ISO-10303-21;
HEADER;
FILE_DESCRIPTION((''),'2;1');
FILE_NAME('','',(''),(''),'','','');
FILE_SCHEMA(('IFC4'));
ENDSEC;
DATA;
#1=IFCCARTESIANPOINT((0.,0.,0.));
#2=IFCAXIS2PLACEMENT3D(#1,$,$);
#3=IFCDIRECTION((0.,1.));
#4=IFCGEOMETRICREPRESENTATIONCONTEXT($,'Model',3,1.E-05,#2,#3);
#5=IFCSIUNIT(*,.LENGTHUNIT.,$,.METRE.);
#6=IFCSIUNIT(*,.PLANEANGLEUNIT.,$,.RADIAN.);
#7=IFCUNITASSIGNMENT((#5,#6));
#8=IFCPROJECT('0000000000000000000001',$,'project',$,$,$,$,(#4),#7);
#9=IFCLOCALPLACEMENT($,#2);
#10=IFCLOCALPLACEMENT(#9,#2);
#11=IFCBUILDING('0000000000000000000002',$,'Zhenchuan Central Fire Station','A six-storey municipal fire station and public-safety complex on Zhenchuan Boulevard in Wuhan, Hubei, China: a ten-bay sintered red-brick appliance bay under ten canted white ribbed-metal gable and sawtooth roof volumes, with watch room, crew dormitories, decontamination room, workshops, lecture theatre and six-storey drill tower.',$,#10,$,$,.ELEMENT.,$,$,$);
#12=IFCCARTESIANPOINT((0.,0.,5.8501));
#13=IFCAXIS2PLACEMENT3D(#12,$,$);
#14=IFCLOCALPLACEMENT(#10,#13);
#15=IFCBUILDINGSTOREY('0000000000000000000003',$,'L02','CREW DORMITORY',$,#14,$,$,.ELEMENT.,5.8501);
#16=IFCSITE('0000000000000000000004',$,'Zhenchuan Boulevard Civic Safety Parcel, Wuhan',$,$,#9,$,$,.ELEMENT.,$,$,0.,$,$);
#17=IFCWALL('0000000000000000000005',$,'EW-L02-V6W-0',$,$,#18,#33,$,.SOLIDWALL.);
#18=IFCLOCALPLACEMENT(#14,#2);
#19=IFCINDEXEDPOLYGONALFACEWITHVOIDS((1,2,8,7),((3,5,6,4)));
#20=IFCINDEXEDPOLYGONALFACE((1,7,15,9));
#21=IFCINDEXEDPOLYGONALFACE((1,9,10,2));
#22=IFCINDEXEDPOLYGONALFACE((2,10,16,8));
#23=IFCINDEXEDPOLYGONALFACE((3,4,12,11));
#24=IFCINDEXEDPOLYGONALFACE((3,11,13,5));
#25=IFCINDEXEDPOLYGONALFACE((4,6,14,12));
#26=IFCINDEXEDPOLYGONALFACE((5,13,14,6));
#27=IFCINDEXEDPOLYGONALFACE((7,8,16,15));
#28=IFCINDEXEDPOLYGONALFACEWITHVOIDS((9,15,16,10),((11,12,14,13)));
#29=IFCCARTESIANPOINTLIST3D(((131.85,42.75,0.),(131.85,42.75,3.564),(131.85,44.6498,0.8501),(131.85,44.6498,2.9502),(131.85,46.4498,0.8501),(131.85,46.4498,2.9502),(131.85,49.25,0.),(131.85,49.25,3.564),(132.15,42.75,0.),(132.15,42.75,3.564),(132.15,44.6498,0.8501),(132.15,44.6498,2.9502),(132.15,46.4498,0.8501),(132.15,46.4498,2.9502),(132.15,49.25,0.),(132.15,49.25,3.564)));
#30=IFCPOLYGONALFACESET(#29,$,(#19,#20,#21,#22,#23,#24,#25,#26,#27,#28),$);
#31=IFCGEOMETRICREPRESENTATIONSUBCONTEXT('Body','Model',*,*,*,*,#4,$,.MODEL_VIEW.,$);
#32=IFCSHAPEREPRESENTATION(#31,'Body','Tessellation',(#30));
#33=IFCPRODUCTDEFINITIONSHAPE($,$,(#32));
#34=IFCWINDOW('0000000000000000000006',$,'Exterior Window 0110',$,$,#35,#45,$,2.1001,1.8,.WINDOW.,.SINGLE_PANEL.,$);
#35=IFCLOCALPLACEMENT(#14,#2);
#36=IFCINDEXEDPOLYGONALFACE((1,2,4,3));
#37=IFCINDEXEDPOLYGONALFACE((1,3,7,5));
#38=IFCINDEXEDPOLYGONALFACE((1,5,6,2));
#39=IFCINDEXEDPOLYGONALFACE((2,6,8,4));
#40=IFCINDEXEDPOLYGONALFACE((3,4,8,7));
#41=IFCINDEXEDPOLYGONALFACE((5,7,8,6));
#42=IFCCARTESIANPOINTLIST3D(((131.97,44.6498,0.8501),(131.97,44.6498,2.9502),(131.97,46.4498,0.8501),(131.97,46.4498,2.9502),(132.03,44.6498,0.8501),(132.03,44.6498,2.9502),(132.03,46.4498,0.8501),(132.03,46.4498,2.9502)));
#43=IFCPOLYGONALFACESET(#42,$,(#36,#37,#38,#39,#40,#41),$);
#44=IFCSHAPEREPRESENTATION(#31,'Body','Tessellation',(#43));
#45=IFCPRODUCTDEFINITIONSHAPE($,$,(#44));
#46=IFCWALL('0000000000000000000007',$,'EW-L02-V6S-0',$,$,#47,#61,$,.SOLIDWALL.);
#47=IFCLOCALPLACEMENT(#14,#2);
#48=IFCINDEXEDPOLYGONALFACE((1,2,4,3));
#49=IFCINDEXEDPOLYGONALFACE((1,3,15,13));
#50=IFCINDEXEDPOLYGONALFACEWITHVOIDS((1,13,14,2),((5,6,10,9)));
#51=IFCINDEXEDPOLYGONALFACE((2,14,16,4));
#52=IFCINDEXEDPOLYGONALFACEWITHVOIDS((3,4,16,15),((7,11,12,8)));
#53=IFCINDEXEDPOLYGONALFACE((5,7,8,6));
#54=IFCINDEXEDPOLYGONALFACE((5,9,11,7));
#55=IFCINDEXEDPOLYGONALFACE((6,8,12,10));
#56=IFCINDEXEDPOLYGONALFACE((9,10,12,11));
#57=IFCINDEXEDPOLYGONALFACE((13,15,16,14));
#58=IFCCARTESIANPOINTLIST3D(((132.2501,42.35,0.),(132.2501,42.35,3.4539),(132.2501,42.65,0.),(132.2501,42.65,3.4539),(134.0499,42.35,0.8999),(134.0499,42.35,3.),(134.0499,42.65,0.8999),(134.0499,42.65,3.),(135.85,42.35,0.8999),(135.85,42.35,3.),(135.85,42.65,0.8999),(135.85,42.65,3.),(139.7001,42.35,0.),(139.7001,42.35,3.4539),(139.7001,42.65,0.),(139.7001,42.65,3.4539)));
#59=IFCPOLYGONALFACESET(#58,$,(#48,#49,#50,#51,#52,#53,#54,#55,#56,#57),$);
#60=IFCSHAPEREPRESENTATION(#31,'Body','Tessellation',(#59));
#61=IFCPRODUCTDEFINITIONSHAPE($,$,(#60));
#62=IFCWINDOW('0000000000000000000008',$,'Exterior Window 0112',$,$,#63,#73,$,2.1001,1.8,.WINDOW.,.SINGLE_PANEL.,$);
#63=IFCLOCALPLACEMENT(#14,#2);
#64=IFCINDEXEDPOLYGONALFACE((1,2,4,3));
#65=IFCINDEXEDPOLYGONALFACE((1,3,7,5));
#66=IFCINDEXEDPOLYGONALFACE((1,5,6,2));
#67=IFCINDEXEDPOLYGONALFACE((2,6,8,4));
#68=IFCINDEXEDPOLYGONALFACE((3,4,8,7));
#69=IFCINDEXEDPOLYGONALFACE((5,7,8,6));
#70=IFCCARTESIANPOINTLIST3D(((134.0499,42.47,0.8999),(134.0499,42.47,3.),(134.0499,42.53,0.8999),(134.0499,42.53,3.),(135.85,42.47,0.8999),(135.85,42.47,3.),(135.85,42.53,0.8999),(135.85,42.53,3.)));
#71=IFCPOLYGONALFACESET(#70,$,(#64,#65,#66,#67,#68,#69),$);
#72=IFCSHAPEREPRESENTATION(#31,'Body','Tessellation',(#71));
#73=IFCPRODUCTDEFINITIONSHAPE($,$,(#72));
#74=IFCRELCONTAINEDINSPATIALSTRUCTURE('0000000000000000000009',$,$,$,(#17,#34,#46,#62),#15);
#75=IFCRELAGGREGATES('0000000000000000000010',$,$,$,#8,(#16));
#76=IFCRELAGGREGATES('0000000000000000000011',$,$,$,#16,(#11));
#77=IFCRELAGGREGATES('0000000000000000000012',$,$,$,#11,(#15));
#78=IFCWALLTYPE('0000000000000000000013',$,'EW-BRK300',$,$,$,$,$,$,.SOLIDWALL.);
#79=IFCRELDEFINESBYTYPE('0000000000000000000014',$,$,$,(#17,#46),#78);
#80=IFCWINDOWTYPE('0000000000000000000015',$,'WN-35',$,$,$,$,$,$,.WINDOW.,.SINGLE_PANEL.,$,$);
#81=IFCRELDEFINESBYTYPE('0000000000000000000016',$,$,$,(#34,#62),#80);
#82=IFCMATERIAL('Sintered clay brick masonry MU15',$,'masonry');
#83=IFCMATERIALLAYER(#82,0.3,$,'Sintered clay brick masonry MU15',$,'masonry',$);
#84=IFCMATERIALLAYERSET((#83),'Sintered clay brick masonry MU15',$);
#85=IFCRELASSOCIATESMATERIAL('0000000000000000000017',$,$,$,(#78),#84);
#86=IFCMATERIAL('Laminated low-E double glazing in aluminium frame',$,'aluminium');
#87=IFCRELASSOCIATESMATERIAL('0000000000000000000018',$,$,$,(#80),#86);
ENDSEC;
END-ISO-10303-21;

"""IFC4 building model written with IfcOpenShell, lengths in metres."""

from ifc_helpers import new_model, si_unit, direction, frame, frame_2d, origin, place, context, subcontext, project, spatial, rectangle, extrude, material, layer, layer_set, type_object, element, fill, save


model = new_model("IFC4")

# Units and contexts
model_context = context("Model", 3, precision=1e-05, world=origin(), true_north=direction((0.0, 1.0)))
body_context = subcontext(model_context, "Body", "Model", "MODEL_VIEW")
ifc_project = project(units=[si_unit("LENGTHUNIT", "METRE"), si_unit("PLANEANGLEUNIT", "RADIAN")], contexts=[model_context])

# Site, building, storey
site_placement = place(None, origin())
site = spatial("IfcSite", under=ifc_project, at=site_placement, Name="Zhenchuan Boulevard Civic Safety Parcel, Wuhan", CompositionType="ELEMENT", RefElevation=0.0)
building_placement = place(site_placement, origin())
building = spatial("IfcBuilding", under=site, at=building_placement, Name="Zhenchuan Central Fire Station", Description="A six-storey municipal fire station and public-safety complex on Zhenchuan Boulevard in Wuhan, Hubei, China: a ten-bay sintered red-brick appliance bay under ten canted white ribbed-metal gable and sawtooth roof volumes, with watch room, crew dormitories, decontamination room, workshops, lecture theatre and six-storey drill tower.", CompositionType="ELEMENT")
storey_placement = place(building_placement, frame((0.0, 0.0, 5.8501)))
storey = spatial("IfcBuildingStorey", under=building, at=storey_placement, Name="L02", Description="CREW DORMITORY", CompositionType="ELEMENT", Elevation=5.8501)

# Walls, openings, windows
ifc_material_1 = material(Name="Sintered clay brick masonry MU15", Category="masonry")
ifc_layer = layer(ifc_material_1, 0.3, Name="Sintered clay brick masonry MU15", Category="masonry")
ifc_layer_set = layer_set([ifc_layer], Name="Sintered clay brick masonry MU15")
wall_type = type_object("IfcWallType", Name="EW-BRK300", PredefinedType="SOLIDWALL", material=ifc_layer_set)
wall_1_placement = place(storey_placement, frame((132.0, 42.75, 0.0), z_axis=(0.0, 0.0, 1.0), x_axis=(0.0, 1.0, 0.0)))
wall_1 = element("IfcWall", 1, at=wall_1_placement, inside=storey, type_object=wall_type, Name="EW-L02-V6W-0", PredefinedType="SOLIDWALL", context=body_context, shape_type="SweptSolid", body=[
    extrude(rectangle(XDim=6.5, YDim=0.3, at=frame_2d((3.25, 0.0))), origin(), (0.0, 0.0, 1.0), 3.564),
])
opening_1_placement = place(wall_1_placement, frame((1.8999, 0.0, 0.8501)))
opening_1 = element("IfcOpeningElement", 2, at=opening_1_placement, cuts=wall_1, PredefinedType="OPENING", context=body_context, shape_type="SweptSolid", body=[
    extrude(rectangle(XDim=1.8, YDim=2.1001, at=frame_2d((0.8999, 1.05))), frame((0.0, 0.1599, 0.0), z_axis=(0.0, -1.0, 0.0), x_axis=(1.0, 0.0, 0.0)), (0.0, 0.0, 1.0), 0.3201),
])
ifc_material_2 = material(Name="Laminated low-E double glazing in aluminium frame", Category="aluminium")
window_type = type_object("IfcWindowType", Name="WN-35", PartitioningType="SINGLE_PANEL", PredefinedType="WINDOW", material=ifc_material_2)
window_1_placement = place(opening_1_placement, origin())
window_1 = element("IfcWindow", 3, at=window_1_placement, inside=storey, type_object=window_type, Name="Exterior Window 0110", OverallHeight=2.1001, OverallWidth=1.8, PartitioningType="SINGLE_PANEL", PredefinedType="WINDOW", context=body_context, shape_type="SweptSolid", body=[
    extrude(rectangle(XDim=1.8, YDim=2.1001, at=frame_2d((0.8999, 1.05))), frame((0.0, 0.03, 0.0), z_axis=(0.0, -1.0, 0.0), x_axis=(1.0, 0.0, 0.0)), (0.0, 0.0, 1.0), 0.0601),
])
fill(opening_1, window_1)
wall_2_placement = place(storey_placement, frame((132.25, 42.5, 0.0), z_axis=(0.0, 0.0, 1.0), x_axis=(1.0, 0.0, 0.0)))
wall_2 = element("IfcWall", 4, at=wall_2_placement, inside=storey, type_object=wall_type, Name="EW-L02-V6S-0", PredefinedType="SOLIDWALL", context=body_context, shape_type="SweptSolid", body=[
    extrude(rectangle(XDim=7.45, YDim=0.3, at=frame_2d((3.7251, 0.0))), origin(), (0.0, 0.0, 1.0), 3.4539),
])
opening_2_placement = place(wall_2_placement, frame((1.8, 0.0, 0.8999)))
opening_2 = element("IfcOpeningElement", 5, at=opening_2_placement, cuts=wall_2, PredefinedType="OPENING", context=body_context, shape_type="SweptSolid", body=[
    extrude(rectangle(XDim=1.8, YDim=2.1001, at=frame_2d((0.8999, 1.05))), frame((0.0, 0.1599, 0.0), z_axis=(0.0, -1.0, 0.0), x_axis=(1.0, 0.0, 0.0)), (0.0, 0.0, 1.0), 0.3201),
])
window_2_placement = place(opening_2_placement, origin())
window_2 = element("IfcWindow", 6, at=window_2_placement, inside=storey, type_object=window_type, Name="Exterior Window 0112", OverallHeight=2.1001, OverallWidth=1.8, PartitioningType="SINGLE_PANEL", PredefinedType="WINDOW", context=body_context, shape_type="SweptSolid", body=[
    extrude(rectangle(XDim=1.8, YDim=2.1001, at=frame_2d((0.8999, 1.05))), frame((0.0, 0.03, 0.0), z_axis=(0.0, -1.0, 0.0), x_axis=(1.0, 0.0, 0.0)), (0.0, 0.0, 1.0), 0.0601),
])
fill(opening_2, window_2)

save(model, "model.ifc")
